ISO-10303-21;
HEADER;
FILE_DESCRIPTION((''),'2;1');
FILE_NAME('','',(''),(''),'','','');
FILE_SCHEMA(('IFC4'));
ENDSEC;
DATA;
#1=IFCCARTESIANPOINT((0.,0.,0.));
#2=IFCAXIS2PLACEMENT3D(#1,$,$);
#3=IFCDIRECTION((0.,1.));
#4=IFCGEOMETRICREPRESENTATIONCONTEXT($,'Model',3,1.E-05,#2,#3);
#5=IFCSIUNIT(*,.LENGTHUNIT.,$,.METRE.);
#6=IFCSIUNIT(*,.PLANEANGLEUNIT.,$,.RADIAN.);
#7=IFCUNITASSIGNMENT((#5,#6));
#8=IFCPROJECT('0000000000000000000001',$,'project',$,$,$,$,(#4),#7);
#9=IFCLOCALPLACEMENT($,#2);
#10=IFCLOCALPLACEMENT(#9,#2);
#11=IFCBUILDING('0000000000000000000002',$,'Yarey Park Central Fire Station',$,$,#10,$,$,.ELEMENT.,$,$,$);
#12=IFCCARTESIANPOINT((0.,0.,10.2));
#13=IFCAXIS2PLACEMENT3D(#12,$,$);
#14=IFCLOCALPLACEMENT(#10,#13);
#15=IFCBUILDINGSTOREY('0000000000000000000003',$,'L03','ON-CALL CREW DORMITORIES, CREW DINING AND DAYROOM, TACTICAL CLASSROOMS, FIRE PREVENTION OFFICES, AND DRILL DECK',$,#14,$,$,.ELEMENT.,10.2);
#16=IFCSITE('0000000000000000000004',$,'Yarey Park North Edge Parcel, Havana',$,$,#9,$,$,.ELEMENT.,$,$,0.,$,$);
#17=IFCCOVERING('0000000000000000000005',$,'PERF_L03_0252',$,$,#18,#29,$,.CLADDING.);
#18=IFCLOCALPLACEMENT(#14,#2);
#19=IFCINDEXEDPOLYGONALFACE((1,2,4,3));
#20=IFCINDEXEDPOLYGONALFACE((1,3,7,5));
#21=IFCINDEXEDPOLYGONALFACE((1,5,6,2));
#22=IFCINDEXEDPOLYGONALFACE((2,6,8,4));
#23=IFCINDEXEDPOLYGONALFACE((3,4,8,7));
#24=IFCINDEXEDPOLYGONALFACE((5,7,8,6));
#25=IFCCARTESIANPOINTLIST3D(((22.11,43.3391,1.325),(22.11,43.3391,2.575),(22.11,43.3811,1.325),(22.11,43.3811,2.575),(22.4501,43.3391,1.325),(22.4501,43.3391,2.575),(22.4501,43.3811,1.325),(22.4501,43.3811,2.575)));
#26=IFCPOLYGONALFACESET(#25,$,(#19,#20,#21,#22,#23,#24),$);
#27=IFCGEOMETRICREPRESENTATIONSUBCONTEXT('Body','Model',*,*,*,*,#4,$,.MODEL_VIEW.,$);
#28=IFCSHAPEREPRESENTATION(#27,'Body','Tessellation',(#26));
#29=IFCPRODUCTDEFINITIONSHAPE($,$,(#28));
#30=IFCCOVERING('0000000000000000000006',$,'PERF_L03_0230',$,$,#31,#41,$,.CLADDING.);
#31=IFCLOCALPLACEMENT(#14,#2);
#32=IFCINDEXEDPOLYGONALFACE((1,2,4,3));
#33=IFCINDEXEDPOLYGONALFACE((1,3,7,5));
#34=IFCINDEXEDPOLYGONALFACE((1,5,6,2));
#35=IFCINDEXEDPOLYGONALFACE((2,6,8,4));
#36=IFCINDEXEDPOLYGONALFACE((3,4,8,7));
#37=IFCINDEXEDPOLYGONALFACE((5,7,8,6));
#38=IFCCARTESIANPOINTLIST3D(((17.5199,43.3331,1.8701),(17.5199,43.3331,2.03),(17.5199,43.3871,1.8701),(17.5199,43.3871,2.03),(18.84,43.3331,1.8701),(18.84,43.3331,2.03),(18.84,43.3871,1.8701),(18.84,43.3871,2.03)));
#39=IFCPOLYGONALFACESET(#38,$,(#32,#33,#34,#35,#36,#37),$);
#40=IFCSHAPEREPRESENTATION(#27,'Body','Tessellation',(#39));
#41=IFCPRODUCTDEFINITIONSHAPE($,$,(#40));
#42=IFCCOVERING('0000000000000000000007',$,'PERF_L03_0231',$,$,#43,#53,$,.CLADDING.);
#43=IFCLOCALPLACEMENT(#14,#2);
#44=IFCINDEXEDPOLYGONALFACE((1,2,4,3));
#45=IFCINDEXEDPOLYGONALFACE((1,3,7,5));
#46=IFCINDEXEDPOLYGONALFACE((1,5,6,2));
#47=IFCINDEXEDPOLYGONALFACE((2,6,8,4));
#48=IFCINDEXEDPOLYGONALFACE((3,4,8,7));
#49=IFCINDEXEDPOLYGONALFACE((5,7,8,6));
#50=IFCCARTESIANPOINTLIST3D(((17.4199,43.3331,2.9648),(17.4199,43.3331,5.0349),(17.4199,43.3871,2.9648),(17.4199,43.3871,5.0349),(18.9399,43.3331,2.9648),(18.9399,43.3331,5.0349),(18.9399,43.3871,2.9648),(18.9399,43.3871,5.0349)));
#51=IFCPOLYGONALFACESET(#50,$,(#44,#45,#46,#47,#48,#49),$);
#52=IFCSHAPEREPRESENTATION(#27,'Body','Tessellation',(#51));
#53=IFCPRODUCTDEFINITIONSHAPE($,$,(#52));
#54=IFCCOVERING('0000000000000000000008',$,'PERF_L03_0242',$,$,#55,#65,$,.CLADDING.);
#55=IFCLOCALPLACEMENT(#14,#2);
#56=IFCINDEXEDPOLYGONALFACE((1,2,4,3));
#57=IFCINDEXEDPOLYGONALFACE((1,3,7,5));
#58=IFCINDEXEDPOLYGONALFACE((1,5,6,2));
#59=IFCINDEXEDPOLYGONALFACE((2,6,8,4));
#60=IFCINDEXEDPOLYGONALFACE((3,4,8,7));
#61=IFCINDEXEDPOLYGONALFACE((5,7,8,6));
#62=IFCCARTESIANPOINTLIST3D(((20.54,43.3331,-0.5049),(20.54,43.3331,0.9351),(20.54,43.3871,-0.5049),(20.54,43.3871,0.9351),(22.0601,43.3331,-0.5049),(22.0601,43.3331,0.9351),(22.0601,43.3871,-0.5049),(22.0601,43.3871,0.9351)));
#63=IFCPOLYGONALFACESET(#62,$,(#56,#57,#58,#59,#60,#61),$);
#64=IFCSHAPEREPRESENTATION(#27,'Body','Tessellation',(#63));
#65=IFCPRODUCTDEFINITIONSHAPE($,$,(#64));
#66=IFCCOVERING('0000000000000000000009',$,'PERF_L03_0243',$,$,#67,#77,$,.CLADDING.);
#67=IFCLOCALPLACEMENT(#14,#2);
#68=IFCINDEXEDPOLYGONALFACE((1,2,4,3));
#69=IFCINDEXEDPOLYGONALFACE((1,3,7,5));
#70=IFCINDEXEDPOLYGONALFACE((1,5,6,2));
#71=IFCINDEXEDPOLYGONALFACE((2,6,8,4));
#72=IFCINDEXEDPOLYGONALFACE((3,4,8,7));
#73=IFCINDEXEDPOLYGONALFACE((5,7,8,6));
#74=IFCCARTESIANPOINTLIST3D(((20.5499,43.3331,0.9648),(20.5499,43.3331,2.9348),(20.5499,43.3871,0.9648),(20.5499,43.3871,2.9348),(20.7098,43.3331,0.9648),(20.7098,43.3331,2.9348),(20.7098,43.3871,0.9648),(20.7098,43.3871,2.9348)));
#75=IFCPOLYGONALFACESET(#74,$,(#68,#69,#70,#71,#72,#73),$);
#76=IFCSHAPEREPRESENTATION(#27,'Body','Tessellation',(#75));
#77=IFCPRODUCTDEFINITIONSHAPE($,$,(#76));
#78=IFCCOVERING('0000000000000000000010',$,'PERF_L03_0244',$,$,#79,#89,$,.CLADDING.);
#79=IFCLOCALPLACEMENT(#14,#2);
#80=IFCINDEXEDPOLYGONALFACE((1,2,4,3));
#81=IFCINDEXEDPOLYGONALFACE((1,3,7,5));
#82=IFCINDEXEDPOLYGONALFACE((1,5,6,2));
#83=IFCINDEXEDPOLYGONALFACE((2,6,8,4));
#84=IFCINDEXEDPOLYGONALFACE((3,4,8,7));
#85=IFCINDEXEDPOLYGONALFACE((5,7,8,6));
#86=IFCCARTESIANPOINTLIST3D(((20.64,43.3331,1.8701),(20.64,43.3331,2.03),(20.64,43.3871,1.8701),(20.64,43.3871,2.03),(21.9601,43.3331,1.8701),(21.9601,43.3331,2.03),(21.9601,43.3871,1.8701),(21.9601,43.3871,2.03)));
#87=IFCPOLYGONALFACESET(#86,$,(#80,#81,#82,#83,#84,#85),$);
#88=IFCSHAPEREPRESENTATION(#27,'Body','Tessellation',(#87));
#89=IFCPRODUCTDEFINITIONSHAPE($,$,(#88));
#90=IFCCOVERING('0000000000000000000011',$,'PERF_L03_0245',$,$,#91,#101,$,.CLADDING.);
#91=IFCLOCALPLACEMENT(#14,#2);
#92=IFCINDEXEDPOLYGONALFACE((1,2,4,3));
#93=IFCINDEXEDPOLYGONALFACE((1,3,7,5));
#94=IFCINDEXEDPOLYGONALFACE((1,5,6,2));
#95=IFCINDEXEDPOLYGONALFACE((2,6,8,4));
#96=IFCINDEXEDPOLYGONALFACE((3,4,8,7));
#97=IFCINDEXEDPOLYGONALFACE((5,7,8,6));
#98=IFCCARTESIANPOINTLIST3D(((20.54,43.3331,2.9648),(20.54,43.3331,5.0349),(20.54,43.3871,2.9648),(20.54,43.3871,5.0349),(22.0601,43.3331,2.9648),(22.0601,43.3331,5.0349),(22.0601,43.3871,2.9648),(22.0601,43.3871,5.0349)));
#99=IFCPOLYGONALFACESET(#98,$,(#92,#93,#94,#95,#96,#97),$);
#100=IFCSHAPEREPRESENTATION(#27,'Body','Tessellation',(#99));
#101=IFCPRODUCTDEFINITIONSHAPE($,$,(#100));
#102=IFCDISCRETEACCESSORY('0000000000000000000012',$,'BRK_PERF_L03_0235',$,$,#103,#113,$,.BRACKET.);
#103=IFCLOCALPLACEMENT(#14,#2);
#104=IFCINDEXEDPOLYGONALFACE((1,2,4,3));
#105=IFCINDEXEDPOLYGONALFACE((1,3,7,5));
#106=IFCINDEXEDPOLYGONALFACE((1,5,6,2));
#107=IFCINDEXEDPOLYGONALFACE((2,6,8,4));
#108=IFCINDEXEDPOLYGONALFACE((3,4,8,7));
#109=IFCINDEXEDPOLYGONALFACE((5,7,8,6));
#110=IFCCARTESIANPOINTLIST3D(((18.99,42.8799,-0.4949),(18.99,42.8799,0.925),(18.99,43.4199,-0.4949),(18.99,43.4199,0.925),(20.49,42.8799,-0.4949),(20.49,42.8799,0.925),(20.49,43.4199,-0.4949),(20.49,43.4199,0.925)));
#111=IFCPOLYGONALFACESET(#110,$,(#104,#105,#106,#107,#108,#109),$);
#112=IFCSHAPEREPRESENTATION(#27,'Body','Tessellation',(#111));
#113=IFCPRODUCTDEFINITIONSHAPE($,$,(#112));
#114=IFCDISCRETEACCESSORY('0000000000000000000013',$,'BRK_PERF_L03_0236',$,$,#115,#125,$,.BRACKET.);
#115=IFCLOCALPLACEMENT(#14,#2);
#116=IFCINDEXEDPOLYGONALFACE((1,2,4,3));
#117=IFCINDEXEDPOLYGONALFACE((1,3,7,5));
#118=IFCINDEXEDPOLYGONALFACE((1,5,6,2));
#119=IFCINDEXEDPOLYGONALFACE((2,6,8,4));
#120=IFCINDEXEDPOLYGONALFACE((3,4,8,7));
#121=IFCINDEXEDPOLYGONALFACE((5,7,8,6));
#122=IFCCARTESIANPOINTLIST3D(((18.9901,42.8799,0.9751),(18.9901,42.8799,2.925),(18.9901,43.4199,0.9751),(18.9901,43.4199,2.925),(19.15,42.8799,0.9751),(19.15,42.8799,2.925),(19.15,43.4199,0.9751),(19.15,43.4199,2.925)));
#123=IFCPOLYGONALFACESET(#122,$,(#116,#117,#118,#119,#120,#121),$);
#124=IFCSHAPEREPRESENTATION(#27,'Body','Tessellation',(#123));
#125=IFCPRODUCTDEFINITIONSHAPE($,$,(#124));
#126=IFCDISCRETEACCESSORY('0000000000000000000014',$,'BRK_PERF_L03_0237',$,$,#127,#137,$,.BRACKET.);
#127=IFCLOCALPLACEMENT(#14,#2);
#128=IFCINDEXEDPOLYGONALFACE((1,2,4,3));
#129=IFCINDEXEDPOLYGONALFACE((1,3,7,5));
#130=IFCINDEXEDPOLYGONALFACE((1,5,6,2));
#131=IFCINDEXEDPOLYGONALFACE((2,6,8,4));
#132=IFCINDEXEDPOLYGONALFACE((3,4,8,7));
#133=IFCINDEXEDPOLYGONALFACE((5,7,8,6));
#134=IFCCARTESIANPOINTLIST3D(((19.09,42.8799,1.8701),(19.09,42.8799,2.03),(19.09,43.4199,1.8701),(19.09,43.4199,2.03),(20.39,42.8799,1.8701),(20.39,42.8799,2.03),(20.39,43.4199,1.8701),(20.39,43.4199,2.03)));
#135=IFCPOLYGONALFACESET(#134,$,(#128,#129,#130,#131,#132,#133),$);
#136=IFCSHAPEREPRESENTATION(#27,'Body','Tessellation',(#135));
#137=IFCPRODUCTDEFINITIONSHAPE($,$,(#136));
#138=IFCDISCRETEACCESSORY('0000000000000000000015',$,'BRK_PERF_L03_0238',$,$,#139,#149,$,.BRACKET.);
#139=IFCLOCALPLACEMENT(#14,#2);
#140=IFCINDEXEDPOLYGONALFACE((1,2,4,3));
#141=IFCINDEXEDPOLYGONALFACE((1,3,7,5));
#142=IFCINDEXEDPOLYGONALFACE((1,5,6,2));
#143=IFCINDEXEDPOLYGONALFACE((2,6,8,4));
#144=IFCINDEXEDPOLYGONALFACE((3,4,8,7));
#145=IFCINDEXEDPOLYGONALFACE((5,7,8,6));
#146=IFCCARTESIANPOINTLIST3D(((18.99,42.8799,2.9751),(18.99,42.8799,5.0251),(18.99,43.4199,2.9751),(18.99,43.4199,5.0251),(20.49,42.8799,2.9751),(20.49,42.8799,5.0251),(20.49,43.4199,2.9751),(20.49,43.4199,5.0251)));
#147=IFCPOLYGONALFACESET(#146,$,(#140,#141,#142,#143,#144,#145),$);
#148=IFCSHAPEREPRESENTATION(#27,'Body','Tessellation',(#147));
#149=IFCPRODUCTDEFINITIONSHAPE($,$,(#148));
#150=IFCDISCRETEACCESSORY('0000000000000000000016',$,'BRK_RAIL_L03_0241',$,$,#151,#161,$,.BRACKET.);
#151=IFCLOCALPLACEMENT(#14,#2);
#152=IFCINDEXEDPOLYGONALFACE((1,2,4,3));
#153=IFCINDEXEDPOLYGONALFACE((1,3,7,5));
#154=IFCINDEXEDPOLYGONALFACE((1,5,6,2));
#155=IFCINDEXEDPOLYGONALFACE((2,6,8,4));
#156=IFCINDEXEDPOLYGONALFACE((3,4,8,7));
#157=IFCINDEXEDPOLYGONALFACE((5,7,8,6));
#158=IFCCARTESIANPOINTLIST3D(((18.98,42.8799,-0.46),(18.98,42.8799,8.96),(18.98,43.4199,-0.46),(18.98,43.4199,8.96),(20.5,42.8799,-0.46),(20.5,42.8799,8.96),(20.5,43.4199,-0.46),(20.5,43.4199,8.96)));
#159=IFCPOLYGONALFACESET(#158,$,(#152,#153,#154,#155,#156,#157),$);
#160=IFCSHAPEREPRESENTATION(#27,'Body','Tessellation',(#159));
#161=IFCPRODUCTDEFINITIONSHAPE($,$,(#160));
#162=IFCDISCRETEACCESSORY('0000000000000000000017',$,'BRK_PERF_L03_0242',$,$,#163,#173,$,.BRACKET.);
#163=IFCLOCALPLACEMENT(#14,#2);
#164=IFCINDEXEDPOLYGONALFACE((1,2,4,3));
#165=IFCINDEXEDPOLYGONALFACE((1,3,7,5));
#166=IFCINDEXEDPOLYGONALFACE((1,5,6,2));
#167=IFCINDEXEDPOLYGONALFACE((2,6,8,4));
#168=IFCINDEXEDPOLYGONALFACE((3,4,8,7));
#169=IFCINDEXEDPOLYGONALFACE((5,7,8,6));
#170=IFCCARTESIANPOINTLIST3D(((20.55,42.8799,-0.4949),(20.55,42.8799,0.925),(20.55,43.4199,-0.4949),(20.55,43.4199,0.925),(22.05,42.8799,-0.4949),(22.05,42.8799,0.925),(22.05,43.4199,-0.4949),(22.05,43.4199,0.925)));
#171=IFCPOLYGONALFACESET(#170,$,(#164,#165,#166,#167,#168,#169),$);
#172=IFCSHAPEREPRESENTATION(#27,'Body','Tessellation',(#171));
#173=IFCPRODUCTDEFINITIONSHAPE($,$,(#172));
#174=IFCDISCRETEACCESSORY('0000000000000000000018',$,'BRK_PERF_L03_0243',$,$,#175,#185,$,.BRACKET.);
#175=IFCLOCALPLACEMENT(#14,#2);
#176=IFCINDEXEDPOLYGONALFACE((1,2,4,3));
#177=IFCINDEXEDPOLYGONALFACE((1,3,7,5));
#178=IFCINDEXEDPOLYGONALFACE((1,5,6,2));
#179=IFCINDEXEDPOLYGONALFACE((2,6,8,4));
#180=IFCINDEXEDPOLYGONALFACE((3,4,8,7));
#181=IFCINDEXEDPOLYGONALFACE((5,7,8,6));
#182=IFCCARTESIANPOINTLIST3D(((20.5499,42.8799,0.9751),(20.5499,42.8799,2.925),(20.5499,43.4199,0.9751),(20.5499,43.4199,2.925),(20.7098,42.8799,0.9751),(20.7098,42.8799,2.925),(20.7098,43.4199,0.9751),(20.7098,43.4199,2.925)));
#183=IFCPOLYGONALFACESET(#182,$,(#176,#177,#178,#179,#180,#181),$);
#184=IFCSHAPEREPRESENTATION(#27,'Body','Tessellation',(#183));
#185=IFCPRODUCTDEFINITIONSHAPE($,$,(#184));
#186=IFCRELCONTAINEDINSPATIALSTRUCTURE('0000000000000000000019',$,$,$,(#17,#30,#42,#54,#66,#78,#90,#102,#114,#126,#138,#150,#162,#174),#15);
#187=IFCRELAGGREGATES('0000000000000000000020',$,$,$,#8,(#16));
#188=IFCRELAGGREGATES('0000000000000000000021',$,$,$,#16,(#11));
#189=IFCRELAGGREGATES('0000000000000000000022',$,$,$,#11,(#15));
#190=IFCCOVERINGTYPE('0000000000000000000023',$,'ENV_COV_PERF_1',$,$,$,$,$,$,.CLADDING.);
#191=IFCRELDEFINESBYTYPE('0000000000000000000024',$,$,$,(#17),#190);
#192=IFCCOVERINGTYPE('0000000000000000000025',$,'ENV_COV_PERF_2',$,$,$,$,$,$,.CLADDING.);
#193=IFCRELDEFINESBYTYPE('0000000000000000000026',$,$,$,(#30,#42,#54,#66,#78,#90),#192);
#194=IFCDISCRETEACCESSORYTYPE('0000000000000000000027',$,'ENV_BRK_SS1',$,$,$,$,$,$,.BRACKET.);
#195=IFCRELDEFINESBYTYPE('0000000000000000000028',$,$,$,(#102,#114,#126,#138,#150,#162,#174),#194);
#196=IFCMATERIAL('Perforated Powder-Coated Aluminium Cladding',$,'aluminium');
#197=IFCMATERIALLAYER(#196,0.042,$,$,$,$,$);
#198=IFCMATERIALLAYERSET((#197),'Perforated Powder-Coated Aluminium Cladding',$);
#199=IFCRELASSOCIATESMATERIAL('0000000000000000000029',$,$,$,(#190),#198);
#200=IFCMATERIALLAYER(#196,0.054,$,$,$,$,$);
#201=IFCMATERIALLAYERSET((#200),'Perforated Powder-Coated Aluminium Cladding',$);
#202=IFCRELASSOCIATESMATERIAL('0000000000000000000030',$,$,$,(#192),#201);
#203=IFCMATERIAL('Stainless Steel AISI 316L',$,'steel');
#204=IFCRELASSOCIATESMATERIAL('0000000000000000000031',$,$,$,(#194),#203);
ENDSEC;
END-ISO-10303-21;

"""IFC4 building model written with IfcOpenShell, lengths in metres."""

from ifc_helpers import new_model, si_unit, direction, frame, origin, origin_2d, place, context, subcontext, project, spatial, rectangle, extrude, material, layer, layer_set, type_object, element, save


model = new_model("IFC4")

# Units and contexts
model_context = context("Model", 3, precision=1e-05, world=origin(), true_north=direction((0.0, 1.0)))
body_context = subcontext(model_context, "Body", "Model", "MODEL_VIEW")
ifc_project = project(units=[si_unit("LENGTHUNIT", "METRE"), si_unit("PLANEANGLEUNIT", "RADIAN")], contexts=[model_context])

# Site, building, storey
site_placement = place(None, origin())
site = spatial("IfcSite", under=ifc_project, at=site_placement, Name="Yarey Park North Edge Parcel, Havana", CompositionType="ELEMENT", RefElevation=0.0)
building_placement = place(site_placement, origin())
building = spatial("IfcBuilding", under=site, at=building_placement, Name="Yarey Park Central Fire Station", CompositionType="ELEMENT")
storey_placement = place(building_placement, frame((0.0, 0.0, 10.2)))
storey = spatial("IfcBuildingStorey", under=building, at=storey_placement, Name="L03", Description="ON-CALL CREW DORMITORIES, CREW DINING AND DAYROOM, TACTICAL CLASSROOMS, FIRE PREVENTION OFFICES, AND DRILL DECK", CompositionType="ELEMENT", Elevation=10.2)

# Coverings
ifc_material_1 = material(Name="Perforated Powder-Coated Aluminium Cladding", Category="aluminium")
ifc_layer_1 = layer(ifc_material_1, 0.042)
ifc_layer_set_1 = layer_set([ifc_layer_1], Name="Perforated Powder-Coated Aluminium Cladding")
covering_type_1 = type_object("IfcCoveringType", Name="ENV_COV_PERF_1", PredefinedType="CLADDING", material=ifc_layer_set_1)
covering_1_placement = place(storey_placement, frame((22.28, 43.3601, 1.325), z_axis=(0.0, 0.0, 1.0), x_axis=(1.0, 0.0, 0.0)))
element("IfcCovering", 1, at=covering_1_placement, inside=storey, type_object=covering_type_1, Name="PERF_L03_0252", PredefinedType="CLADDING", context=body_context, shape_type="SweptSolid", body=[
    extrude(rectangle(XDim=0.3401, YDim=0.042, at=origin_2d()), origin(), (0.0, 0.0, 1.0), 1.25),
])
ifc_layer_2 = layer(ifc_material_1, 0.054)
ifc_layer_set_2 = layer_set([ifc_layer_2], Name="Perforated Powder-Coated Aluminium Cladding")
covering_type_2 = type_object("IfcCoveringType", Name="ENV_COV_PERF_2", PredefinedType="CLADDING", material=ifc_layer_set_2)
covering_2_placement = place(storey_placement, frame((18.1799, 43.3601, 1.8701), z_axis=(0.0, 0.0, 1.0), x_axis=(1.0, 0.0, 0.0)))
element("IfcCovering", 2, at=covering_2_placement, inside=storey, type_object=covering_type_2, Name="PERF_L03_0230", PredefinedType="CLADDING", context=body_context, shape_type="SweptSolid", body=[
    extrude(rectangle(XDim=1.3201, YDim=0.054, at=origin_2d()), origin(), (0.0, 0.0, 1.0), 0.1599),
])
covering_3_placement = place(storey_placement, frame((18.1799, 43.3601, 2.9648), z_axis=(0.0, 0.0, 1.0), x_axis=(1.0, 0.0, 0.0)))
element("IfcCovering", 3, at=covering_3_placement, inside=storey, type_object=covering_type_2, Name="PERF_L03_0231", PredefinedType="CLADDING", context=body_context, shape_type="SweptSolid", body=[
    extrude(rectangle(XDim=1.52, YDim=0.054, at=origin_2d()), origin(), (0.0, 0.0, 1.0), 2.0701),
])
covering_4_placement = place(storey_placement, frame((21.3, 43.3601, -0.5049), z_axis=(0.0, 0.0, 1.0), x_axis=(1.0, 0.0, 0.0)))
element("IfcCovering", 4, at=covering_4_placement, inside=storey, type_object=covering_type_2, Name="PERF_L03_0242", PredefinedType="CLADDING", context=body_context, shape_type="SweptSolid", body=[
    extrude(rectangle(XDim=1.52, YDim=0.054, at=origin_2d()), origin(), (0.0, 0.0, 1.0), 1.4399),
])
covering_5_placement = place(storey_placement, frame((20.6299, 43.3601, 0.9648), z_axis=(0.0, 0.0, 1.0), x_axis=(1.0, 0.0, 0.0)))
element("IfcCovering", 5, at=covering_5_placement, inside=storey, type_object=covering_type_2, Name="PERF_L03_0243", PredefinedType="CLADDING", context=body_context, shape_type="SweptSolid", body=[
    extrude(rectangle(XDim=0.1599, YDim=0.054, at=origin_2d()), origin(), (0.0, 0.0, 1.0), 1.97),
])
covering_6_placement = place(storey_placement, frame((21.3, 43.3601, 1.8701), z_axis=(0.0, 0.0, 1.0), x_axis=(1.0, 0.0, 0.0)))
element("IfcCovering", 6, at=covering_6_placement, inside=storey, type_object=covering_type_2, Name="PERF_L03_0244", PredefinedType="CLADDING", context=body_context, shape_type="SweptSolid", body=[
    extrude(rectangle(XDim=1.3201, YDim=0.054, at=origin_2d()), origin(), (0.0, 0.0, 1.0), 0.1599),
])
covering_7_placement = place(storey_placement, frame((21.3, 43.3601, 2.9648), z_axis=(0.0, 0.0, 1.0), x_axis=(1.0, 0.0, 0.0)))
element("IfcCovering", 7, at=covering_7_placement, inside=storey, type_object=covering_type_2, Name="PERF_L03_0245", PredefinedType="CLADDING", context=body_context, shape_type="SweptSolid", body=[
    extrude(rectangle(XDim=1.52, YDim=0.054, at=origin_2d()), origin(), (0.0, 0.0, 1.0), 2.0701),
])

# Discrete accessories
ifc_material_2 = material(Name="Stainless Steel AISI 316L", Category="steel")
discrete_accessory_type = type_object("IfcDiscreteAccessoryType", Name="ENV_BRK_SS1", PredefinedType="BRACKET", material=ifc_material_2)
discrete_accessory_1_placement = place(storey_placement, frame((19.74, 43.1499, -0.4949), z_axis=(0.0, 0.0, 1.0), x_axis=(1.0, 0.0, 0.0)))
element("IfcDiscreteAccessory", 8, at=discrete_accessory_1_placement, inside=storey, type_object=discrete_accessory_type, Name="BRK_PERF_L03_0235", PredefinedType="BRACKET", context=body_context, shape_type="SweptSolid", body=[
    extrude(rectangle(XDim=1.5, YDim=0.54, at=origin_2d()), origin(), (0.0, 0.0, 1.0), 1.4199),
])
discrete_accessory_2_placement = place(storey_placement, frame((19.0701, 43.1499, 0.9751), z_axis=(0.0, 0.0, 1.0), x_axis=(1.0, 0.0, 0.0)))
element("IfcDiscreteAccessory", 9, at=discrete_accessory_2_placement, inside=storey, type_object=discrete_accessory_type, Name="BRK_PERF_L03_0236", PredefinedType="BRACKET", context=body_context, shape_type="SweptSolid", body=[
    extrude(rectangle(XDim=0.1599, YDim=0.54, at=origin_2d()), origin(), (0.0, 0.0, 1.0), 1.95),
])
discrete_accessory_3_placement = place(storey_placement, frame((19.74, 43.1499, 1.8701), z_axis=(0.0, 0.0, 1.0), x_axis=(1.0, 0.0, 0.0)))
element("IfcDiscreteAccessory", 10, at=discrete_accessory_3_placement, inside=storey, type_object=discrete_accessory_type, Name="BRK_PERF_L03_0237", PredefinedType="BRACKET", context=body_context, shape_type="SweptSolid", body=[
    extrude(rectangle(XDim=1.3, YDim=0.54, at=origin_2d()), origin(), (0.0, 0.0, 1.0), 0.1599),
])
discrete_accessory_4_placement = place(storey_placement, frame((19.74, 43.1499, 2.9751), z_axis=(0.0, 0.0, 1.0), x_axis=(1.0, 0.0, 0.0)))
element("IfcDiscreteAccessory", 11, at=discrete_accessory_4_placement, inside=storey, type_object=discrete_accessory_type, Name="BRK_PERF_L03_0238", PredefinedType="BRACKET", context=body_context, shape_type="SweptSolid", body=[
    extrude(rectangle(XDim=1.5, YDim=0.54, at=origin_2d()), origin(), (0.0, 0.0, 1.0), 2.05),
])
discrete_accessory_5_placement = place(storey_placement, frame((19.74, 43.1499, -0.46), z_axis=(0.0, 0.0, 1.0), x_axis=(1.0, 0.0, 0.0)))
element("IfcDiscreteAccessory", 12, at=discrete_accessory_5_placement, inside=storey, type_object=discrete_accessory_type, Name="BRK_RAIL_L03_0241", PredefinedType="BRACKET", context=body_context, shape_type="SweptSolid", body=[
    extrude(rectangle(XDim=1.52, YDim=0.54, at=origin_2d()), origin(), (0.0, 0.0, 1.0), 9.4199),
])
discrete_accessory_6_placement = place(storey_placement, frame((21.3, 43.1499, -0.4949), z_axis=(0.0, 0.0, 1.0), x_axis=(1.0, 0.0, 0.0)))
element("IfcDiscreteAccessory", 13, at=discrete_accessory_6_placement, inside=storey, type_object=discrete_accessory_type, Name="BRK_PERF_L03_0242", PredefinedType="BRACKET", context=body_context, shape_type="SweptSolid", body=[
    extrude(rectangle(XDim=1.5, YDim=0.54, at=origin_2d()), origin(), (0.0, 0.0, 1.0), 1.4199),
])
discrete_accessory_7_placement = place(storey_placement, frame((20.6299, 43.1499, 0.9751), z_axis=(0.0, 0.0, 1.0), x_axis=(1.0, 0.0, 0.0)))
element("IfcDiscreteAccessory", 14, at=discrete_accessory_7_placement, inside=storey, type_object=discrete_accessory_type, Name="BRK_PERF_L03_0243", PredefinedType="BRACKET", context=body_context, shape_type="SweptSolid", body=[
    extrude(rectangle(XDim=0.1599, YDim=0.54, at=origin_2d()), origin(), (0.0, 0.0, 1.0), 1.95),
])

save(model, "model.ifc")
